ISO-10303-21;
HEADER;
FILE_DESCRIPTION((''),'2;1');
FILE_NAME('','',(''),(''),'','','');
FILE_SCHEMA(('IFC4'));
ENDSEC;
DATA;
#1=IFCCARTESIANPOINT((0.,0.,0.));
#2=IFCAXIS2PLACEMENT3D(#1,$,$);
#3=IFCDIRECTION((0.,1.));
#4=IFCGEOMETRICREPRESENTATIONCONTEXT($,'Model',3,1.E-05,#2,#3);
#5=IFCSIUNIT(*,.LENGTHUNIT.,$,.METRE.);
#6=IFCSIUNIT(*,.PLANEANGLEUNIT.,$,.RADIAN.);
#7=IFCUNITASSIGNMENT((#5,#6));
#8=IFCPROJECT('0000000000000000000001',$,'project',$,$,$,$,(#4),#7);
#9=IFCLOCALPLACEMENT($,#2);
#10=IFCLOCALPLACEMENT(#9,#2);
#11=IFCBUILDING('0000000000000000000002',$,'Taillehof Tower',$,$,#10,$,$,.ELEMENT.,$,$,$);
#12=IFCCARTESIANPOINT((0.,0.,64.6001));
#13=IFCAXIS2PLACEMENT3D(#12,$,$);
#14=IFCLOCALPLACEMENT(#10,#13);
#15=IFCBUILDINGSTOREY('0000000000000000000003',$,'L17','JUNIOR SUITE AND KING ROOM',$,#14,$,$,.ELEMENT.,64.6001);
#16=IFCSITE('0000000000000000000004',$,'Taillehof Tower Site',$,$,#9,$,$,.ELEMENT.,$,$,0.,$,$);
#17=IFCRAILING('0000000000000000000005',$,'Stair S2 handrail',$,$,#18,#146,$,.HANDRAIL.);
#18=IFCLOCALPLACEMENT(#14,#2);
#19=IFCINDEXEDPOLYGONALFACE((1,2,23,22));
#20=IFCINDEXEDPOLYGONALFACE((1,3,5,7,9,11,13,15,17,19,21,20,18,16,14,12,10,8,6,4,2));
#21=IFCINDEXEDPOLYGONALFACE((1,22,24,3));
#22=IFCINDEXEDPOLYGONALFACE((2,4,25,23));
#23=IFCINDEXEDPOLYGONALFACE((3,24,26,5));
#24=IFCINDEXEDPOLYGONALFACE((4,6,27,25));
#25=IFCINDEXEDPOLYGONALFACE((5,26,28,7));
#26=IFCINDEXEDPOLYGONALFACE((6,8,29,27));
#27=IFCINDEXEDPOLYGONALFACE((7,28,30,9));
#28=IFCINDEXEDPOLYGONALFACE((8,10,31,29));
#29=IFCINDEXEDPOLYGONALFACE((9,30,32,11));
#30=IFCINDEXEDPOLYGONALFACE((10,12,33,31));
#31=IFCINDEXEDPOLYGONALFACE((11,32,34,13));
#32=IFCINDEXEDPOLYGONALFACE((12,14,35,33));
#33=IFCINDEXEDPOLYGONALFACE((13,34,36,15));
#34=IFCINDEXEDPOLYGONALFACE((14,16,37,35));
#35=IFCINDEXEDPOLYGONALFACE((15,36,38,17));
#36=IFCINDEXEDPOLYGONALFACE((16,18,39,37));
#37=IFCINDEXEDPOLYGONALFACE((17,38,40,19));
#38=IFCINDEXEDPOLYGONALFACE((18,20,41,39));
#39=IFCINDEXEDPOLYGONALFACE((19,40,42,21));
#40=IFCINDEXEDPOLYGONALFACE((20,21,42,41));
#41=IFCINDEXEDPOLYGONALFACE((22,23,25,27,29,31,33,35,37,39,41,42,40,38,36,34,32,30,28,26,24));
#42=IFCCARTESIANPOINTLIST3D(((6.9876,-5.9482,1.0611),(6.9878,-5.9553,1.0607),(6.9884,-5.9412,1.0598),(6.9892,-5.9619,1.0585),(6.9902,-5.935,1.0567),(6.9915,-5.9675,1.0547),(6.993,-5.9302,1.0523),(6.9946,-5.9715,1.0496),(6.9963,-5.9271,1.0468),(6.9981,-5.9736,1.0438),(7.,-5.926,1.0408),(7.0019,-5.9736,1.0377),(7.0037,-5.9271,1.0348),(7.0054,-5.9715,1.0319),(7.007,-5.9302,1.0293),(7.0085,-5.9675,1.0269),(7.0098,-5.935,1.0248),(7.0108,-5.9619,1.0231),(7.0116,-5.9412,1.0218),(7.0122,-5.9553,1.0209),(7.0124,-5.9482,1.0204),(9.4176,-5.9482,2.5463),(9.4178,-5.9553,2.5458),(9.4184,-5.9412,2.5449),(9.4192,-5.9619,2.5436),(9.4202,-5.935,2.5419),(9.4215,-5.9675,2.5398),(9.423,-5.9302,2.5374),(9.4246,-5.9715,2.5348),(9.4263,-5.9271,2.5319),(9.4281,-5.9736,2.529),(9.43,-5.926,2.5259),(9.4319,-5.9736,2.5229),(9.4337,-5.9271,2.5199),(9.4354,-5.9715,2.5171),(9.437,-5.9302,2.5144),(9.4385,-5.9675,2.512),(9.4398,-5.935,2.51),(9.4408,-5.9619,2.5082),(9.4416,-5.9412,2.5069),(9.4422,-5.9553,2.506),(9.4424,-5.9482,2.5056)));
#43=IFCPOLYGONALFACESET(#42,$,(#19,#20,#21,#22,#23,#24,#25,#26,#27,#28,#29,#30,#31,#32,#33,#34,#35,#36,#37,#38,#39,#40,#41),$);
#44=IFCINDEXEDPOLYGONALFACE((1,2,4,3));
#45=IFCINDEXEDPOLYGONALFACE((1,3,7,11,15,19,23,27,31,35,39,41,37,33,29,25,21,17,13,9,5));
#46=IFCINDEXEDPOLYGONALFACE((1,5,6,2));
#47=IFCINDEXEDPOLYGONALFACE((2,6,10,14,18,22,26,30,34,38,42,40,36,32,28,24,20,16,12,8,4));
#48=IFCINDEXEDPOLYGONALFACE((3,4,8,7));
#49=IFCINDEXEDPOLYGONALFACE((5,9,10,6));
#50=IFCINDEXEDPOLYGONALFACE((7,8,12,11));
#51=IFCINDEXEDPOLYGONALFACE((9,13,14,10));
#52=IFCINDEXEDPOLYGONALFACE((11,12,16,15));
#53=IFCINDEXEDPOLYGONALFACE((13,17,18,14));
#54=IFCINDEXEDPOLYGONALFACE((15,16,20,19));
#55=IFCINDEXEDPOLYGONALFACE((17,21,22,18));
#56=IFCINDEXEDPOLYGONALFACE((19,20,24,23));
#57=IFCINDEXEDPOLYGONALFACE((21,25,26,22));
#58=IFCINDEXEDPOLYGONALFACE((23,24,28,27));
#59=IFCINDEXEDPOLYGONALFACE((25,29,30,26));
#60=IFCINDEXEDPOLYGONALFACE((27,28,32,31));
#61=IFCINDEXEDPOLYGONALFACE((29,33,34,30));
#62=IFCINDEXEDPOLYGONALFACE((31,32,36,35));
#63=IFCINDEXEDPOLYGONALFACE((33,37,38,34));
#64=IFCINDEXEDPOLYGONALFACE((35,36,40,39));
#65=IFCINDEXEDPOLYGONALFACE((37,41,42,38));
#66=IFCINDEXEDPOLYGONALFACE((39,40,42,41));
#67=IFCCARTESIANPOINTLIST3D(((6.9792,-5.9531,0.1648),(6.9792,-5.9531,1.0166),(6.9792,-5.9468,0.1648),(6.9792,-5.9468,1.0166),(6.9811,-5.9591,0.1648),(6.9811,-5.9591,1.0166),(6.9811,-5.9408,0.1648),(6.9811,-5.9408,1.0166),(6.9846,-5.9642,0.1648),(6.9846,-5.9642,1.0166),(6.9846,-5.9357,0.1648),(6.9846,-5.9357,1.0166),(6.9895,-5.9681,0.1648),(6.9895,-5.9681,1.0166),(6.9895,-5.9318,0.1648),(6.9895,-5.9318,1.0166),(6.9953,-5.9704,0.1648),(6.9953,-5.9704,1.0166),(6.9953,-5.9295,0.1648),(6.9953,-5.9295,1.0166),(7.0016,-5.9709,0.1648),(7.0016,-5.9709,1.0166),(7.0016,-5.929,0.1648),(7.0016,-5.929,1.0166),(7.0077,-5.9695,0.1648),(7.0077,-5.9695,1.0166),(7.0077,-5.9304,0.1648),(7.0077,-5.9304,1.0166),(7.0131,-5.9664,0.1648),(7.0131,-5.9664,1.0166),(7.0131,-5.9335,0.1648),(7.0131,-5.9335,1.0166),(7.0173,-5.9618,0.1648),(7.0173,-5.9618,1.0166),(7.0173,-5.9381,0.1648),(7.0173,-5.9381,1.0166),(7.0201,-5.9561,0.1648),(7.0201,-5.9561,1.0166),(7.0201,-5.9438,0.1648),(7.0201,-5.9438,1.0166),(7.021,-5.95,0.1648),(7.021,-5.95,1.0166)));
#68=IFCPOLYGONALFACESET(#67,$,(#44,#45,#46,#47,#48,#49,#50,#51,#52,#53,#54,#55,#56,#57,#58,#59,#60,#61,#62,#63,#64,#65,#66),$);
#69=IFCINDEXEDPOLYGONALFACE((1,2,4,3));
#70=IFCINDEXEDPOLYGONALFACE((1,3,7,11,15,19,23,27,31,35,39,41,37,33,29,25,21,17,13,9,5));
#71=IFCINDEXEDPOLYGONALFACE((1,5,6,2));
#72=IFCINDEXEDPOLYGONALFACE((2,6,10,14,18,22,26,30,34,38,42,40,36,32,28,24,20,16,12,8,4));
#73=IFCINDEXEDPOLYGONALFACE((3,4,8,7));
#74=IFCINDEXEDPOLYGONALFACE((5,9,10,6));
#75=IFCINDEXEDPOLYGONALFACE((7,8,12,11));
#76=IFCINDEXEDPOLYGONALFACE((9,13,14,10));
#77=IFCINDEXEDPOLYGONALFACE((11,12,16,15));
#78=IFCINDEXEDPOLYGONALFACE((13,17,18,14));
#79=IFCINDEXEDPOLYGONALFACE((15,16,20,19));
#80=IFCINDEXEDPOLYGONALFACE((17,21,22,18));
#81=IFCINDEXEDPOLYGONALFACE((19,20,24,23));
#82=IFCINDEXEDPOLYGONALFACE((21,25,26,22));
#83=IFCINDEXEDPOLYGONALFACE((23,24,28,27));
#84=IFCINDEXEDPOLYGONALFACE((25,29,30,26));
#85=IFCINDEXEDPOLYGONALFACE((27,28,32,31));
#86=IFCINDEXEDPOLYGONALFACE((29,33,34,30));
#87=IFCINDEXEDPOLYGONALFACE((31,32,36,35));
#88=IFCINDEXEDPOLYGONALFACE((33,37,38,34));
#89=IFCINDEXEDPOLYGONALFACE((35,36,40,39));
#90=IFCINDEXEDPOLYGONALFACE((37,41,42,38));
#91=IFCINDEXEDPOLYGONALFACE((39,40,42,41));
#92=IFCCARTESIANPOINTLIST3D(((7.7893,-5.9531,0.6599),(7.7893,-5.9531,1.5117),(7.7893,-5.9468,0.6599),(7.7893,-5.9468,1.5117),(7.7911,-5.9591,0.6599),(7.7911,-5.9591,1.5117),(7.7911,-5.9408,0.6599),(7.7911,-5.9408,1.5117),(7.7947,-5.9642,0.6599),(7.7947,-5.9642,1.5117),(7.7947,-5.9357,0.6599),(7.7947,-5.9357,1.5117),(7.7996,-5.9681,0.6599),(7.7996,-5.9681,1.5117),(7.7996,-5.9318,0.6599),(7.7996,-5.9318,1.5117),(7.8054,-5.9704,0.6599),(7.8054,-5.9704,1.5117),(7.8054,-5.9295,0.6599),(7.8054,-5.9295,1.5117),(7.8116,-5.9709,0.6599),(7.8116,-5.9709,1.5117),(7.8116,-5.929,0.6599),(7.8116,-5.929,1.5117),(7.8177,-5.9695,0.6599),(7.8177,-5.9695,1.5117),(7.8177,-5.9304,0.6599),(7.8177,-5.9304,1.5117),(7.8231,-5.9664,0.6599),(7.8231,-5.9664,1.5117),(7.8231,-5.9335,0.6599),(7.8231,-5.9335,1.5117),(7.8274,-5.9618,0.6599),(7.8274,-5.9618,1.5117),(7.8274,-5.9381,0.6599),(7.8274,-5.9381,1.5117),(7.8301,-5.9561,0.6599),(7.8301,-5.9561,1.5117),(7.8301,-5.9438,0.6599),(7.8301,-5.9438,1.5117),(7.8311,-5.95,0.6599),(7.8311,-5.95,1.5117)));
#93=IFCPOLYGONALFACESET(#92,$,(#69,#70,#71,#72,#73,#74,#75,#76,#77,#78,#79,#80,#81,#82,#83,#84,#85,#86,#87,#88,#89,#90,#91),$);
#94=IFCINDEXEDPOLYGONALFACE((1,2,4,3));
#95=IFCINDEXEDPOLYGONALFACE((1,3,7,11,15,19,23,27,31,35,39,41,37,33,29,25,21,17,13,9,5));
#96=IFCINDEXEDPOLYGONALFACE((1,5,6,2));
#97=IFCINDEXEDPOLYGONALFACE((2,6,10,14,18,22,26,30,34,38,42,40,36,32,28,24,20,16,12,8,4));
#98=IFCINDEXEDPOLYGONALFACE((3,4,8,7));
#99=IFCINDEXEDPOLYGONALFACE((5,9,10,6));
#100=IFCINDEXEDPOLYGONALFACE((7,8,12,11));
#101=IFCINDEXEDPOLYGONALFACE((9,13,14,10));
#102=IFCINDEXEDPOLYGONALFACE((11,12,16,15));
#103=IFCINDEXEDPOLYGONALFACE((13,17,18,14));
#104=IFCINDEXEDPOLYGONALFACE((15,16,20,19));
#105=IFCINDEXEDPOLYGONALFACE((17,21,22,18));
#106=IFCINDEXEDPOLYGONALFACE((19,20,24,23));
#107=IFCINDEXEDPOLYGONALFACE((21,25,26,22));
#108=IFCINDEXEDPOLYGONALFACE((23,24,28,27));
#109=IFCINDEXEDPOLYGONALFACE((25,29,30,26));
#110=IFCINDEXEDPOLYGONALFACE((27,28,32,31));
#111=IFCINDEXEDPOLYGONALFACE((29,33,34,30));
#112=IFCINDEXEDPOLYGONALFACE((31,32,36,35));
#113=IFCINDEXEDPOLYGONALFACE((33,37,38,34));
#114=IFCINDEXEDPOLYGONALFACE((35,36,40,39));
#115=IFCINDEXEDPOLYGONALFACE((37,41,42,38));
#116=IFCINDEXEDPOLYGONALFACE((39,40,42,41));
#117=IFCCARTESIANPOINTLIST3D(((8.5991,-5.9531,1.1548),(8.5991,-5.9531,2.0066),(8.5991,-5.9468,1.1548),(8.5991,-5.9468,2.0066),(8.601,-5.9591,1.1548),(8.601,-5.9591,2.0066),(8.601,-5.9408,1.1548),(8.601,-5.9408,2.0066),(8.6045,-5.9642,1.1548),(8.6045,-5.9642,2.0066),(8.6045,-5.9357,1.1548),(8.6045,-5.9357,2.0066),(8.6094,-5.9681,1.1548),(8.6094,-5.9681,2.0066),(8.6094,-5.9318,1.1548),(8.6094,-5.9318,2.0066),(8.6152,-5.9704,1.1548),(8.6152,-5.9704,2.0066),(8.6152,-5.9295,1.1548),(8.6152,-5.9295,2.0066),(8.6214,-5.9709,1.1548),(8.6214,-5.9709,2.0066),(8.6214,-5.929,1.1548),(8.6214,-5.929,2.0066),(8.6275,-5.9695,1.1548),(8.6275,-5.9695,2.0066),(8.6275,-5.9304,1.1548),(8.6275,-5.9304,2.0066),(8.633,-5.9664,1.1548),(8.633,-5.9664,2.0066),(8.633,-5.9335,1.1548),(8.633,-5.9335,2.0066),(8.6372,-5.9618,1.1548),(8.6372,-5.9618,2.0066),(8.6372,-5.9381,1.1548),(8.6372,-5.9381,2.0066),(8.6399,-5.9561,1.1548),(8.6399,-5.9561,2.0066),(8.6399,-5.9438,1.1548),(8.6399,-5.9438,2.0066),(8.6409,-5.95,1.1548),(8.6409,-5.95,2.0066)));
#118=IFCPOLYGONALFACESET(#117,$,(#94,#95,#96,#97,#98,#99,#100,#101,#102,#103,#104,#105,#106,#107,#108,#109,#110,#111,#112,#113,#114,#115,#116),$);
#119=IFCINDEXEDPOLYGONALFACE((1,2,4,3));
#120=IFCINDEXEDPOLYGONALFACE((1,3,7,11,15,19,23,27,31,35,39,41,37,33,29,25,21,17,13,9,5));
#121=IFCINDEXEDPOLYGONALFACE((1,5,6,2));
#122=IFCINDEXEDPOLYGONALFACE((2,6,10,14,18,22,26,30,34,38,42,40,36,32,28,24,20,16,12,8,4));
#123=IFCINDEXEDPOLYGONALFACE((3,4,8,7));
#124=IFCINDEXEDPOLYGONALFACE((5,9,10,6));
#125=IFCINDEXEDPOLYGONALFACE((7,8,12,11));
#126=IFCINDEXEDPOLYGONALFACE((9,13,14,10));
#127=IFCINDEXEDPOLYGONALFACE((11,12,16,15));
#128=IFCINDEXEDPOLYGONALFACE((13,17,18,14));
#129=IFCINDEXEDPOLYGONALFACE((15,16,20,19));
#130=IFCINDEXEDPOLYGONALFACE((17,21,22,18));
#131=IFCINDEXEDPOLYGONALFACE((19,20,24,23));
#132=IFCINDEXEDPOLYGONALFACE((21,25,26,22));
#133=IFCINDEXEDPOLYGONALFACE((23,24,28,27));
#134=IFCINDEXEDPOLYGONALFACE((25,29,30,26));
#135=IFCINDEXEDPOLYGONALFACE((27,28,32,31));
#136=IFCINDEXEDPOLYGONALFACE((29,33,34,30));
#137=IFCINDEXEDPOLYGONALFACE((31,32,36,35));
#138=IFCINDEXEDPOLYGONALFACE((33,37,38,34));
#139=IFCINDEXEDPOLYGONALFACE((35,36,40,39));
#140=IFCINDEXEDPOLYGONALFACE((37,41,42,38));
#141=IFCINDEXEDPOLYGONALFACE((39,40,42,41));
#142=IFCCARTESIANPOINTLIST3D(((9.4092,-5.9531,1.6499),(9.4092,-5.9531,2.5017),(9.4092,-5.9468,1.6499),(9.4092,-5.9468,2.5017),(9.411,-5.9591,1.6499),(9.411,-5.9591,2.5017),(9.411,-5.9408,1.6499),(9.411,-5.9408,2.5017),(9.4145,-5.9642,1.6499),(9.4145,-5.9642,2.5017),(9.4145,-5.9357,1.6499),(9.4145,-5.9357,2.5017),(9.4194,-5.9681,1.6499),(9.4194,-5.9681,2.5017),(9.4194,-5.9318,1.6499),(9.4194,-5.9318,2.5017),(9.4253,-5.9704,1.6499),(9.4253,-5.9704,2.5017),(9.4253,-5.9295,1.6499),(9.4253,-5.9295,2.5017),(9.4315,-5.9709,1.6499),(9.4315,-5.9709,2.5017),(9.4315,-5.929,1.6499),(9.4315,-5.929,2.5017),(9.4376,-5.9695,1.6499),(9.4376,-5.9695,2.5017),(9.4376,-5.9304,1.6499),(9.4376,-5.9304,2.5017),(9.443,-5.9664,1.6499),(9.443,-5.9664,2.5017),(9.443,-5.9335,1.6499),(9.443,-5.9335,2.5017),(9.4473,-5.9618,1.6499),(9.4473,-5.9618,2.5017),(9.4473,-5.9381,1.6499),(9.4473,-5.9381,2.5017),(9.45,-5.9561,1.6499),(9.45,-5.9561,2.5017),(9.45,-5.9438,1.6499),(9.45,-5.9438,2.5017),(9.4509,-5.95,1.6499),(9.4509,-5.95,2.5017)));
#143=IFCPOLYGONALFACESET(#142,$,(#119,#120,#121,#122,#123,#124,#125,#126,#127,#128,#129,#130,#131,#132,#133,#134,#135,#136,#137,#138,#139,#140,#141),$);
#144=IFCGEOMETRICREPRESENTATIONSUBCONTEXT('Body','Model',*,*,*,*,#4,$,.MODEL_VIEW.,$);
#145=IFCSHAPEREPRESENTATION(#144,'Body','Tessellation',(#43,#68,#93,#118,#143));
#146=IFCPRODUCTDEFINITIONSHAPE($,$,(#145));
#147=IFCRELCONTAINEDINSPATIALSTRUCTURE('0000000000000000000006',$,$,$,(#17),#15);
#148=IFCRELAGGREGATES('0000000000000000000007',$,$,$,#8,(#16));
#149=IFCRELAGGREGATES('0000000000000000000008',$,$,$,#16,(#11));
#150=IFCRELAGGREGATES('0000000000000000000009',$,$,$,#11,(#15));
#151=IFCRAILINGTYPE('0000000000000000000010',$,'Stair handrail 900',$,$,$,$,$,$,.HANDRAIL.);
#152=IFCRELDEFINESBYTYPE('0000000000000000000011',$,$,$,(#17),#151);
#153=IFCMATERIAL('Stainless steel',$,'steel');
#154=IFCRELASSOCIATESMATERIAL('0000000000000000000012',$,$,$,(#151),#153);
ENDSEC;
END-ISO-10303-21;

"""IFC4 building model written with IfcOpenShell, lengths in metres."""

from ifc_helpers import new_model, si_unit, direction, frame, origin, origin_2d, place, context, subcontext, project, spatial, circle, extrude, material, type_object, element, save


model = new_model("IFC4")

# Units and contexts
model_context = context("Model", 3, precision=1e-05, world=origin(), true_north=direction((0.0, 1.0)))
body_context = subcontext(model_context, "Body", "Model", "MODEL_VIEW")
ifc_project = project(units=[si_unit("LENGTHUNIT", "METRE"), si_unit("PLANEANGLEUNIT", "RADIAN")], contexts=[model_context])

# Site, building, storey
site_placement = place(None, origin())
site = spatial("IfcSite", under=ifc_project, at=site_placement, Name="Taillehof Tower Site", CompositionType="ELEMENT", RefElevation=0.0)
building_placement = place(site_placement, origin())
building = spatial("IfcBuilding", under=site, at=building_placement, Name="Taillehof Tower", CompositionType="ELEMENT")
storey_placement = place(building_placement, frame((0.0, 0.0, 64.6001)))
storey = spatial("IfcBuildingStorey", under=building, at=storey_placement, Name="L17", Description="JUNIOR SUITE AND KING ROOM", CompositionType="ELEMENT", Elevation=64.6001)

# Railing
ifc_material_1 = material(Name="Stainless steel", Category="steel")
railing_type = type_object("IfcRailingType", Name="Stair handrail 900", PredefinedType="HANDRAIL", material=ifc_material_1)
railing_1_placement = place(storey_placement, frame((7.0, -5.95, 0.1648)))
element("IfcRailing", 1, at=railing_1_placement, inside=storey, type_object=railing_type, Name="Stair S2 handrail", PredefinedType="HANDRAIL", context=body_context, shape_type="SweptSolid", body=[
    extrude(circle(Radius=0.0239, at=origin_2d()), frame((0.0, 0.0, 0.876), z_axis=(0.853259, 0.0, 0.521488), x_axis=(0.0, 1.0, 0.0)), (0.0, 0.0, 1.0), 2.8479),
    extrude(circle(Radius=0.021, at=origin_2d()), origin(), (0.0, 0.0, 1.0), 0.8518),
    extrude(circle(Radius=0.021, at=origin_2d()), frame((0.8101, 0.0, 0.4951)), (0.0, 0.0, 1.0), 0.8518),
    extrude(circle(Radius=0.021, at=origin_2d()), frame((1.6199, 0.0, 0.99)), (0.0, 0.0, 1.0), 0.8518),
    extrude(circle(Radius=0.021, at=origin_2d()), frame((2.4299, 0.0, 1.4851)), (0.0, 0.0, 1.0), 0.8518),
])

save(model, "model.ifc")
